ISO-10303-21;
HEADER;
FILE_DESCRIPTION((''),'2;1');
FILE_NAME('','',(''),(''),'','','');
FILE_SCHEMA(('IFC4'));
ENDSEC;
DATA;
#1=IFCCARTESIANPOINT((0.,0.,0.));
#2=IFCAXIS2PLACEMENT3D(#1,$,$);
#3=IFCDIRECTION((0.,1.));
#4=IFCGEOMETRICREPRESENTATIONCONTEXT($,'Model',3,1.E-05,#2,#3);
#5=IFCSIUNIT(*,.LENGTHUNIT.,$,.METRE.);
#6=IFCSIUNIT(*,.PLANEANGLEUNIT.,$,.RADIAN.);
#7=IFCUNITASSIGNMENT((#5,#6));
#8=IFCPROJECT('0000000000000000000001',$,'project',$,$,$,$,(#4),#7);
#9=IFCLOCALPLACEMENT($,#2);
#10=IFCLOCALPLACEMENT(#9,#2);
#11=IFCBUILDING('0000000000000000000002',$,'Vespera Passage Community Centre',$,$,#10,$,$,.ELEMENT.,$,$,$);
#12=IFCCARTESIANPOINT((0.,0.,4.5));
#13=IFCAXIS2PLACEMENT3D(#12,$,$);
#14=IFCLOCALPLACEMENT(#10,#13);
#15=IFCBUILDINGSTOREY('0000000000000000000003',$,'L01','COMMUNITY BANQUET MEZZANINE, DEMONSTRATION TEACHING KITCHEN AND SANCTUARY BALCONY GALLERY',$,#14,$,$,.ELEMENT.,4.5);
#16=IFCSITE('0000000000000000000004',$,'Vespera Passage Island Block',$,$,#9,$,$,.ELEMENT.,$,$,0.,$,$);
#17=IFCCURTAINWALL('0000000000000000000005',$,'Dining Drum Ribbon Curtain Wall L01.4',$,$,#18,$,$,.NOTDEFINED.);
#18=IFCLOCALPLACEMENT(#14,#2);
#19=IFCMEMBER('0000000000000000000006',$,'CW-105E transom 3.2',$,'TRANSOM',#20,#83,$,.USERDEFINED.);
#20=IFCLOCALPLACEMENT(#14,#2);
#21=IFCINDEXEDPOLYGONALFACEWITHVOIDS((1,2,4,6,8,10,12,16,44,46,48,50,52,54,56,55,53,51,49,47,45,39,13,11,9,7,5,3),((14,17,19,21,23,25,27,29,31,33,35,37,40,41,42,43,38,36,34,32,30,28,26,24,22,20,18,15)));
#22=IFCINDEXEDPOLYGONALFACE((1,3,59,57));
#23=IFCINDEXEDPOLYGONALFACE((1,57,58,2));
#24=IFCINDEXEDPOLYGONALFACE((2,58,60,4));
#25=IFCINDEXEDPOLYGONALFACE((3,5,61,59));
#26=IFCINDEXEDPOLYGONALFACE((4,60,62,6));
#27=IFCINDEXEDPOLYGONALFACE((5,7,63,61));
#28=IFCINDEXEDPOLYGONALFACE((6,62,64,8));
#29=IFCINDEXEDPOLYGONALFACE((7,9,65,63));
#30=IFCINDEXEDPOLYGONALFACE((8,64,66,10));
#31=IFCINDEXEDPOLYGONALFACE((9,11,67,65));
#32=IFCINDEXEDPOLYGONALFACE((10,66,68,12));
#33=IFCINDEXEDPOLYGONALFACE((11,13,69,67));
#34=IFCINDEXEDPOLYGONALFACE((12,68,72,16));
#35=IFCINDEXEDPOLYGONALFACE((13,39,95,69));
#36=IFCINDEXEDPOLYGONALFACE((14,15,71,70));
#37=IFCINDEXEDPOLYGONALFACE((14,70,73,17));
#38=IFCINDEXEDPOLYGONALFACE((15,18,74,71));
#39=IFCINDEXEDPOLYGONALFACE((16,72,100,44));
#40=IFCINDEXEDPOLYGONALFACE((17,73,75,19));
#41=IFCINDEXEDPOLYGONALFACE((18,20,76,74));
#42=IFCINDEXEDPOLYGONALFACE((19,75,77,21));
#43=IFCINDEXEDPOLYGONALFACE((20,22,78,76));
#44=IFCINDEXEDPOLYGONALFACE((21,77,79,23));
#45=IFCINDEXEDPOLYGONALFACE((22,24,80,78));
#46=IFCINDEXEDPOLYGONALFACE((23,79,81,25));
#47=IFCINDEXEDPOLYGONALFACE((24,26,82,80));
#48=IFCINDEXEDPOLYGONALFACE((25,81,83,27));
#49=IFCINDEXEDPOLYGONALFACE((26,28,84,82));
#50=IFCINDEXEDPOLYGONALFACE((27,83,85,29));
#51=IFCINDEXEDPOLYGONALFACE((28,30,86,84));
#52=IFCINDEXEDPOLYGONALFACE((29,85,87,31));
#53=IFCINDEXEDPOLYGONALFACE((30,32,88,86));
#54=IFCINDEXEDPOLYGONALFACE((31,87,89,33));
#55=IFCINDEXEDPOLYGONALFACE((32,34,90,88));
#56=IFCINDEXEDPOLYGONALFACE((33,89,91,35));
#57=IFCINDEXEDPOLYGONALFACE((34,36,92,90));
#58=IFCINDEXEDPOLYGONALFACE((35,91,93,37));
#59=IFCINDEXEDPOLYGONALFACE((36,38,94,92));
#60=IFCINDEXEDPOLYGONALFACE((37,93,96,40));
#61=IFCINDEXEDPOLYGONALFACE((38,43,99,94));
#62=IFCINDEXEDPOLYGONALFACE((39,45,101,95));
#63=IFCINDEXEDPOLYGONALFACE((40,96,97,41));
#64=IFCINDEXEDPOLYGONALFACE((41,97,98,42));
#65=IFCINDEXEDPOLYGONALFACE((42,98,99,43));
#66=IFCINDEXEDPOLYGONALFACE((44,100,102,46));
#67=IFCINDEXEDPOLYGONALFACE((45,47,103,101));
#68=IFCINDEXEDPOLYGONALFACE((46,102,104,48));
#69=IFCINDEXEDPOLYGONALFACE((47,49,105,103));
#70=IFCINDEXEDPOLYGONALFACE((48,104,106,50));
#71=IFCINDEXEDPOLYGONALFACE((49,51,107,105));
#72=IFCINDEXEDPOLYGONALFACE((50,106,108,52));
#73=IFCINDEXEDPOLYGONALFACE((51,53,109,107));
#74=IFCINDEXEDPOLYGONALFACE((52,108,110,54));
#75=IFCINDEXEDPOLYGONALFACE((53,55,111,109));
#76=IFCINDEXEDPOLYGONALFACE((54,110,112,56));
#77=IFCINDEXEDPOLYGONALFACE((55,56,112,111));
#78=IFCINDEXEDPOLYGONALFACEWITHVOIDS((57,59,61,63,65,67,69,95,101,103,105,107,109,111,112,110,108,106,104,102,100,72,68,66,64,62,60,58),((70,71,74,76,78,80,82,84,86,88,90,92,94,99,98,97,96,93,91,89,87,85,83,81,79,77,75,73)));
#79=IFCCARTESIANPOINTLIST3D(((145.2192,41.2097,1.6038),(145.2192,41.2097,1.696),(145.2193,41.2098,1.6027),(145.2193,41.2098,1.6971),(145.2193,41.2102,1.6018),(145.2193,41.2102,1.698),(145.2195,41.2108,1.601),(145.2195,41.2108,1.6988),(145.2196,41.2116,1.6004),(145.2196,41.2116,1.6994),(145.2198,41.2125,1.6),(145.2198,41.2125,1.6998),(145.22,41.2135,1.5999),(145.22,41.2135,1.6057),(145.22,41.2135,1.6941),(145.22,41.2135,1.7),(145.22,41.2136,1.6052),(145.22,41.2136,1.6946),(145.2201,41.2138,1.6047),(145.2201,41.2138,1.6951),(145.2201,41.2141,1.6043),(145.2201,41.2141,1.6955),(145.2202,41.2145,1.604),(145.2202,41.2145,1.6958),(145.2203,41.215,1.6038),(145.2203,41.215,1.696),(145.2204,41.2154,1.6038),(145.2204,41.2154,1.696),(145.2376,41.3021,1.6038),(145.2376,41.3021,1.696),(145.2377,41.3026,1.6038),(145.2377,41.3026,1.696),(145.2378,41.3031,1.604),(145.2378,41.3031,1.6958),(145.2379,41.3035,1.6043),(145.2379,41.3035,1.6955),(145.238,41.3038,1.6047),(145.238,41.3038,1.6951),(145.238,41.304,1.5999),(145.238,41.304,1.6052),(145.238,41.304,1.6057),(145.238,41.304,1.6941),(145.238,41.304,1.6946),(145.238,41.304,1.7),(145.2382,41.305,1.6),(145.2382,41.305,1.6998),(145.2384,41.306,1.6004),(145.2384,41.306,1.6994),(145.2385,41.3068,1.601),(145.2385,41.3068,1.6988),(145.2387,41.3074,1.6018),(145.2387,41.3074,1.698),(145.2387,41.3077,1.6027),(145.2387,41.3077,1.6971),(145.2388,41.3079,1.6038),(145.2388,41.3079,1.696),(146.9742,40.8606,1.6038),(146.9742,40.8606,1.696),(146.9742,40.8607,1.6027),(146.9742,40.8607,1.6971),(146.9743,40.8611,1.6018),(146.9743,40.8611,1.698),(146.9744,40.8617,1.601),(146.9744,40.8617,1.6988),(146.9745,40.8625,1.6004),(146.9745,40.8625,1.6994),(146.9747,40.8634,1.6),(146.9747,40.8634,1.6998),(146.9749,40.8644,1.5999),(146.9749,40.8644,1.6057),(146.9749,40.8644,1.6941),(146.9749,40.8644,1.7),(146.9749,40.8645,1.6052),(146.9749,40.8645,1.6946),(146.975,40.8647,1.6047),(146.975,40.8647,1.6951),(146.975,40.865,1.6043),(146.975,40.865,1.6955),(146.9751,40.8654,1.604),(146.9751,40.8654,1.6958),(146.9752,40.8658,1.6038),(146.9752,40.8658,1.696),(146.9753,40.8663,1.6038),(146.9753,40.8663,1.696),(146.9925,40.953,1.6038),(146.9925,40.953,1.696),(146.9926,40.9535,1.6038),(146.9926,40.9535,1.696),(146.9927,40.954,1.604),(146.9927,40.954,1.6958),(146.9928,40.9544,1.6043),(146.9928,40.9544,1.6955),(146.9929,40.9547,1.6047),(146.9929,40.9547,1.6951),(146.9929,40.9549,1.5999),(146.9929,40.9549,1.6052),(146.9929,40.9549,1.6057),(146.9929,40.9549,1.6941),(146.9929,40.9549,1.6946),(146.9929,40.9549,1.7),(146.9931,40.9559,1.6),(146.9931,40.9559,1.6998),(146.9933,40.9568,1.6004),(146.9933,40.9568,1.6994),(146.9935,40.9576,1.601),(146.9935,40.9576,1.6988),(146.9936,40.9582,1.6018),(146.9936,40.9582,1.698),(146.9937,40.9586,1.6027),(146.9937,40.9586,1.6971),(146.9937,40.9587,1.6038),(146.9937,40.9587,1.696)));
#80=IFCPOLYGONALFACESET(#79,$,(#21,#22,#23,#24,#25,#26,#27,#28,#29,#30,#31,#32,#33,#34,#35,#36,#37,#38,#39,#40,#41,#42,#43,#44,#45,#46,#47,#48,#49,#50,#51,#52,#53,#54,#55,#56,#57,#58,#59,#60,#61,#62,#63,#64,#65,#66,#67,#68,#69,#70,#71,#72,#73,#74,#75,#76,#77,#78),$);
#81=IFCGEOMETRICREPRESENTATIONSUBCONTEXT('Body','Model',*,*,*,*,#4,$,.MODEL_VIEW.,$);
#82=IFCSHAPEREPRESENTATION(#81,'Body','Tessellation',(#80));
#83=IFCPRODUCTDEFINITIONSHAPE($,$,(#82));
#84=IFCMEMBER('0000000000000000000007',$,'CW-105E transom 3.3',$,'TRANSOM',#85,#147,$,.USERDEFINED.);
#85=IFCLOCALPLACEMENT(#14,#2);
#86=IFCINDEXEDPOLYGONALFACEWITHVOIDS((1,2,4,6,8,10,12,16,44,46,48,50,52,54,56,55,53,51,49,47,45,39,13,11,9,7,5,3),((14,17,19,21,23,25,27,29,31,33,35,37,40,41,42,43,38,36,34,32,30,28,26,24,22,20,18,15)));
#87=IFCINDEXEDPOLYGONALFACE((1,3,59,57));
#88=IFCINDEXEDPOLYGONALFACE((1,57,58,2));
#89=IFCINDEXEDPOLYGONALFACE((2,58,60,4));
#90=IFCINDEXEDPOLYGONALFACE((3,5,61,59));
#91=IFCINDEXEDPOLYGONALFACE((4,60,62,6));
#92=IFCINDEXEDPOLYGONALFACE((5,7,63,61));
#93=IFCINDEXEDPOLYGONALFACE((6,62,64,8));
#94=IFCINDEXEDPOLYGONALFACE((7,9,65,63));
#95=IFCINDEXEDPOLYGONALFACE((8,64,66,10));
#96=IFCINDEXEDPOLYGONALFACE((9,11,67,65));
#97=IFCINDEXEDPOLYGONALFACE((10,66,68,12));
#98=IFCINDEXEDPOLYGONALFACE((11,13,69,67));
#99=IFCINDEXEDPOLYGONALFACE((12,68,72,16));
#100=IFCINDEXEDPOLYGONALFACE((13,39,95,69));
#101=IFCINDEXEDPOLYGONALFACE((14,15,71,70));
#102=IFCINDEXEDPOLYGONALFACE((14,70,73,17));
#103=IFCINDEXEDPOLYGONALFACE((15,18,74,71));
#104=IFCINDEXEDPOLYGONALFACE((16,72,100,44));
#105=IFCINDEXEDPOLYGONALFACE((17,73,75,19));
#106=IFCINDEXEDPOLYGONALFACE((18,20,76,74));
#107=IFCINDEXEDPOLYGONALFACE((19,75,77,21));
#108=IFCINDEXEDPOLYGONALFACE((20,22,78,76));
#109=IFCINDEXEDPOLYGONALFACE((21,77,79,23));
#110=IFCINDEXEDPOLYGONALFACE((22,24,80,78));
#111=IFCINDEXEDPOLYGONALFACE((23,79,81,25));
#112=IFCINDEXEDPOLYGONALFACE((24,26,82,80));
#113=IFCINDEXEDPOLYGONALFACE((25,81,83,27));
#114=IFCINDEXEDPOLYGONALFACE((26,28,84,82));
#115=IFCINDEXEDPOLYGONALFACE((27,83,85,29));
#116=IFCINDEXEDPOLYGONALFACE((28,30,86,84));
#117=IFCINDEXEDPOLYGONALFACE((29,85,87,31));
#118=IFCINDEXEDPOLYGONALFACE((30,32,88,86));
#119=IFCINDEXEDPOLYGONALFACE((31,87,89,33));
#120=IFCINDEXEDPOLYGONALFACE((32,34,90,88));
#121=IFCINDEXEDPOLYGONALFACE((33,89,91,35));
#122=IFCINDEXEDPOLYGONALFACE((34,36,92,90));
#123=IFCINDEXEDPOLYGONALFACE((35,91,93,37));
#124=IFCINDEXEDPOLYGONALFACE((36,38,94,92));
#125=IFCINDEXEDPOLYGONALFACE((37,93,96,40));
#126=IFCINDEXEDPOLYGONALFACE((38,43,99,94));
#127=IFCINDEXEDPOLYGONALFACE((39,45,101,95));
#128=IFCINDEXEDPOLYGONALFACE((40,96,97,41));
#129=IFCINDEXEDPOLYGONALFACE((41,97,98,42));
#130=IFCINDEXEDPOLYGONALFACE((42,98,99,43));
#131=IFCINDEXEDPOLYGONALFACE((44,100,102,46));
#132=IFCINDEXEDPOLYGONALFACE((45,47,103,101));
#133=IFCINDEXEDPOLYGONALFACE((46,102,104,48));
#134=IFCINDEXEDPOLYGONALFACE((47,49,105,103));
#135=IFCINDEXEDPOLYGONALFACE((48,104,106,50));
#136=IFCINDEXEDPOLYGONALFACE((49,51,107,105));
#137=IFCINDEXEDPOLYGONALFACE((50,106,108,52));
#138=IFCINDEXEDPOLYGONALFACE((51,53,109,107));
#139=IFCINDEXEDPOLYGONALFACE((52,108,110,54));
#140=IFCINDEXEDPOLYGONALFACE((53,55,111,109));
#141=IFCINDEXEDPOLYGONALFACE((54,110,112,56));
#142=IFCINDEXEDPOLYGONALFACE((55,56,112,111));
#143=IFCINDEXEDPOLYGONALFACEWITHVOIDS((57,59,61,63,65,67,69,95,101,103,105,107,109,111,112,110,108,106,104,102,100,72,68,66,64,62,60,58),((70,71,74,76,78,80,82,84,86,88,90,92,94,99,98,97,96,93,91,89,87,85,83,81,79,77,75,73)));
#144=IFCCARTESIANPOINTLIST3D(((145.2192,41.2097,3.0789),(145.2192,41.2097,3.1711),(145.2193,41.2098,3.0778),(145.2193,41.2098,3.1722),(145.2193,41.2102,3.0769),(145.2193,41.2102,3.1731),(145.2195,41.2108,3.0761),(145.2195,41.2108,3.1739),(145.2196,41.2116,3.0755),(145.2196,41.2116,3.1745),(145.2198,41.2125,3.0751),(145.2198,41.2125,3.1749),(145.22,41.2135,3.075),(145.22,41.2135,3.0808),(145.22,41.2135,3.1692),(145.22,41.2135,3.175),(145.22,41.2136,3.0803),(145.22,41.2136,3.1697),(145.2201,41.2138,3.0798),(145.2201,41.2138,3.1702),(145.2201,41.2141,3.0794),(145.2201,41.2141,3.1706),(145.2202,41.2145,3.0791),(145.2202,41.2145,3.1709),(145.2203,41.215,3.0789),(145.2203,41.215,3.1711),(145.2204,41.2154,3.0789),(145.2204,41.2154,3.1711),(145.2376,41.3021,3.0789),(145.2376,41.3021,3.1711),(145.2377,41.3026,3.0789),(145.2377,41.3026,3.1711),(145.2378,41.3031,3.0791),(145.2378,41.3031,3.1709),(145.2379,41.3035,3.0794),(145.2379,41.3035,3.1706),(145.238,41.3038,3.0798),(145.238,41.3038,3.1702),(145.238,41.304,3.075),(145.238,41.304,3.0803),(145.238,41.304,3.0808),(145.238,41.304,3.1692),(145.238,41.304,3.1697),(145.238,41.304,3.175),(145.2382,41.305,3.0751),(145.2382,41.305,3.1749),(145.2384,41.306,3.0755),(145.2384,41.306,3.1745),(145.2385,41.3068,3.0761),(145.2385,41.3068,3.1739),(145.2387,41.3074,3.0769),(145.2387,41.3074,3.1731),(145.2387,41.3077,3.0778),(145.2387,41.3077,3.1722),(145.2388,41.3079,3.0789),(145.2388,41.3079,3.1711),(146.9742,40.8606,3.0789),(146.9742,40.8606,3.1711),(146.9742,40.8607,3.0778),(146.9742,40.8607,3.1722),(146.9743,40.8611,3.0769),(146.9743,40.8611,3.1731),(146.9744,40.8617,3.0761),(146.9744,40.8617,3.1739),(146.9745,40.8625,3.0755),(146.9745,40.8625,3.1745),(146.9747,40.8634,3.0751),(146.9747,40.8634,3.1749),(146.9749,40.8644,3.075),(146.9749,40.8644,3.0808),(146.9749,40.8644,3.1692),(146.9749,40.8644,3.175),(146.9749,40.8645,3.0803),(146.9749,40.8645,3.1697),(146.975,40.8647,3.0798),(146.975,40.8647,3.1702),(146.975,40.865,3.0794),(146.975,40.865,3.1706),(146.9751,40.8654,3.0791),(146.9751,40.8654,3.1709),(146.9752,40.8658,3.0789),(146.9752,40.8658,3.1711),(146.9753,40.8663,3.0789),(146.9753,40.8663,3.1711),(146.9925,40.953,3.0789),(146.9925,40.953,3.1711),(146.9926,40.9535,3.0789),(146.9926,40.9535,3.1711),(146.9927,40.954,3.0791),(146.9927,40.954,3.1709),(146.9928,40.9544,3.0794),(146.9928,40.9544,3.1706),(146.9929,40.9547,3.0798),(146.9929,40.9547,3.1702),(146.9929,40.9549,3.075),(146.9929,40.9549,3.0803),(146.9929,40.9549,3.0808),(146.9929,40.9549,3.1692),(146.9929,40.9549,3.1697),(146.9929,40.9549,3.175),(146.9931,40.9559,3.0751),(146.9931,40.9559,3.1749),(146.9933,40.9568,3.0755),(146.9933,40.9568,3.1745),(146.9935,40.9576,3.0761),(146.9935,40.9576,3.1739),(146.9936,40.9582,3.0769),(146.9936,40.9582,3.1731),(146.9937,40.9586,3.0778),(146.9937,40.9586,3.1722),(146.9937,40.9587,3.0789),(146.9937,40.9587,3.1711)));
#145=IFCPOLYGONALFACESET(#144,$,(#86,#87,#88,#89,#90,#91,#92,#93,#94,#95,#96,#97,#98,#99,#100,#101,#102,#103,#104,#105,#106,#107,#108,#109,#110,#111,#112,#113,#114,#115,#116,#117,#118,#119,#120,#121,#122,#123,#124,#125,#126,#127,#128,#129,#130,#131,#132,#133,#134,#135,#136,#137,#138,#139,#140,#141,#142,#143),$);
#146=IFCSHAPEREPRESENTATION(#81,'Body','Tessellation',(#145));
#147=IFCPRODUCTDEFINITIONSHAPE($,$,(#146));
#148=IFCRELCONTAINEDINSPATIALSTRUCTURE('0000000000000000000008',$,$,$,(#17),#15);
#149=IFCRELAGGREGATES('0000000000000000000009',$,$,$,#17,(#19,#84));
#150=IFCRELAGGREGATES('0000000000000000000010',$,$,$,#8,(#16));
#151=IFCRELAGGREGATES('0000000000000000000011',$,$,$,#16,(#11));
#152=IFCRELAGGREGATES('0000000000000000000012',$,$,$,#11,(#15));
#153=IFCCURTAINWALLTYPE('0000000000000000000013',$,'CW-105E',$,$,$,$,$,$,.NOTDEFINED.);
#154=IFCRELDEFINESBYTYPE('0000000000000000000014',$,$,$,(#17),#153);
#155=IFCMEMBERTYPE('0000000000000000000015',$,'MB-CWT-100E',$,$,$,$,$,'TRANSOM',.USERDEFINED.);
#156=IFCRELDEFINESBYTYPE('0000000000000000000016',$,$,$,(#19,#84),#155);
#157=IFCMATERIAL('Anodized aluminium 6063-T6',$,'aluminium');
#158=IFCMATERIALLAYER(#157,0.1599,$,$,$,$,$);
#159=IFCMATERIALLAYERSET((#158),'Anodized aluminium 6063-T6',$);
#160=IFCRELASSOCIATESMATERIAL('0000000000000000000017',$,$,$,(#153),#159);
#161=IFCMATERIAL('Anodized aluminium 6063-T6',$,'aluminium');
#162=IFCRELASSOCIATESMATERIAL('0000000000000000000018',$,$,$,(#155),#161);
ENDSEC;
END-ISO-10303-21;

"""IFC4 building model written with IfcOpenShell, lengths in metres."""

from ifc_helpers import new_model, si_unit, direction, frame, origin, origin_2d, place, context, subcontext, project, spatial, hollow_rectangle, extrude, material, layer, layer_set, material_profile, profile_set, type_object, element, aggregate, save


model = new_model("IFC4")

# Units and contexts
model_context = context("Model", 3, precision=1e-05, world=origin(), true_north=direction((0.0, 1.0)))
body_context = subcontext(model_context, "Body", "Model", "MODEL_VIEW")
ifc_project = project(units=[si_unit("LENGTHUNIT", "METRE"), si_unit("PLANEANGLEUNIT", "RADIAN")], contexts=[model_context])

# Site, building, storey
site_placement = place(None, origin())
site = spatial("IfcSite", under=ifc_project, at=site_placement, Name="Vespera Passage Island Block", CompositionType="ELEMENT", RefElevation=0.0)
building_placement = place(site_placement, origin())
building = spatial("IfcBuilding", under=site, at=building_placement, Name="Vespera Passage Community Centre", CompositionType="ELEMENT")
storey_placement = place(building_placement, frame((0.0, 0.0, 4.5)))
storey = spatial("IfcBuildingStorey", under=building, at=storey_placement, Name="L01", Description="COMMUNITY BANQUET MEZZANINE, DEMONSTRATION TEACHING KITCHEN AND SANCTUARY BALCONY GALLERY", CompositionType="ELEMENT", Elevation=4.5)

# Curtain wall
ifc_material_1 = material(Name="Anodized aluminium 6063-T6", Category="aluminium")
ifc_layer_1 = layer(ifc_material_1, 0.1599)
ifc_layer_set_1 = layer_set([ifc_layer_1], Name="Anodized aluminium 6063-T6")
curtain_wall_type_1 = type_object("IfcCurtainWallType", Name="CW-105E", PredefinedType="NOTDEFINED", material=ifc_layer_set_1)
curtain_wall_1_placement = place(storey_placement, origin())
curtain_wall_1 = element("IfcCurtainWall", 1, at=curtain_wall_1_placement, inside=storey, type_object=curtain_wall_type_1, Name="Dining Drum Ribbon Curtain Wall L01.4", PredefinedType="NOTDEFINED")

# Members
ifc_material_2 = material(Name="Anodized aluminium 6063-T6", Category="aluminium")
ifc_material_profile_1 = material_profile(ifc_material_2, hollow_rectangle(XDim=0.1001, YDim=0.1001, WallThickness=0.0039, InnerFilletRadius=0.002, OuterFilletRadius=0.0039, at=origin_2d()), Name="ALU100X100X4")
ifc_profile_set_1 = profile_set([ifc_material_profile_1], Name="Anodized aluminium 6063-T6")
member_type_1 = type_object("IfcMemberType", Name="MB-CWT-100E", ElementType="TRANSOM", PredefinedType="USERDEFINED", material=ifc_profile_set_1)
member_1_placement = place(storey_placement, frame((145.229, 41.2588, 1.6499), z_axis=(0.98078, -0.195119, 0.0), x_axis=(0.195119, 0.98078, 0.0)))
member_1 = element("IfcMember", 2, at=member_1_placement, type_object=member_type_1, Name="CW-105E transom 3.2", ObjectType="TRANSOM", PredefinedType="USERDEFINED", context=body_context, shape_type="SweptSolid", body=[
    extrude(hollow_rectangle(XDim=0.1001, YDim=0.1001, WallThickness=0.0039, InnerFilletRadius=0.002, OuterFilletRadius=0.0039, at=origin_2d()), origin(), (0.0, 0.0, 1.0), 1.7893),
])
member_2_placement = place(storey_placement, frame((145.229, 41.2588, 3.125), z_axis=(0.98078, -0.195119, 0.0), x_axis=(0.195119, 0.98078, 0.0)))
member_2 = element("IfcMember", 3, at=member_2_placement, type_object=member_type_1, Name="CW-105E transom 3.3", ObjectType="TRANSOM", PredefinedType="USERDEFINED", context=body_context, shape_type="SweptSolid", body=[
    extrude(hollow_rectangle(XDim=0.1001, YDim=0.1001, WallThickness=0.0039, InnerFilletRadius=0.002, OuterFilletRadius=0.0039, at=origin_2d()), origin(), (0.0, 0.0, 1.0), 1.7893),
])

aggregate(curtain_wall_1, [member_1, member_2])

save(model, "model.ifc")
